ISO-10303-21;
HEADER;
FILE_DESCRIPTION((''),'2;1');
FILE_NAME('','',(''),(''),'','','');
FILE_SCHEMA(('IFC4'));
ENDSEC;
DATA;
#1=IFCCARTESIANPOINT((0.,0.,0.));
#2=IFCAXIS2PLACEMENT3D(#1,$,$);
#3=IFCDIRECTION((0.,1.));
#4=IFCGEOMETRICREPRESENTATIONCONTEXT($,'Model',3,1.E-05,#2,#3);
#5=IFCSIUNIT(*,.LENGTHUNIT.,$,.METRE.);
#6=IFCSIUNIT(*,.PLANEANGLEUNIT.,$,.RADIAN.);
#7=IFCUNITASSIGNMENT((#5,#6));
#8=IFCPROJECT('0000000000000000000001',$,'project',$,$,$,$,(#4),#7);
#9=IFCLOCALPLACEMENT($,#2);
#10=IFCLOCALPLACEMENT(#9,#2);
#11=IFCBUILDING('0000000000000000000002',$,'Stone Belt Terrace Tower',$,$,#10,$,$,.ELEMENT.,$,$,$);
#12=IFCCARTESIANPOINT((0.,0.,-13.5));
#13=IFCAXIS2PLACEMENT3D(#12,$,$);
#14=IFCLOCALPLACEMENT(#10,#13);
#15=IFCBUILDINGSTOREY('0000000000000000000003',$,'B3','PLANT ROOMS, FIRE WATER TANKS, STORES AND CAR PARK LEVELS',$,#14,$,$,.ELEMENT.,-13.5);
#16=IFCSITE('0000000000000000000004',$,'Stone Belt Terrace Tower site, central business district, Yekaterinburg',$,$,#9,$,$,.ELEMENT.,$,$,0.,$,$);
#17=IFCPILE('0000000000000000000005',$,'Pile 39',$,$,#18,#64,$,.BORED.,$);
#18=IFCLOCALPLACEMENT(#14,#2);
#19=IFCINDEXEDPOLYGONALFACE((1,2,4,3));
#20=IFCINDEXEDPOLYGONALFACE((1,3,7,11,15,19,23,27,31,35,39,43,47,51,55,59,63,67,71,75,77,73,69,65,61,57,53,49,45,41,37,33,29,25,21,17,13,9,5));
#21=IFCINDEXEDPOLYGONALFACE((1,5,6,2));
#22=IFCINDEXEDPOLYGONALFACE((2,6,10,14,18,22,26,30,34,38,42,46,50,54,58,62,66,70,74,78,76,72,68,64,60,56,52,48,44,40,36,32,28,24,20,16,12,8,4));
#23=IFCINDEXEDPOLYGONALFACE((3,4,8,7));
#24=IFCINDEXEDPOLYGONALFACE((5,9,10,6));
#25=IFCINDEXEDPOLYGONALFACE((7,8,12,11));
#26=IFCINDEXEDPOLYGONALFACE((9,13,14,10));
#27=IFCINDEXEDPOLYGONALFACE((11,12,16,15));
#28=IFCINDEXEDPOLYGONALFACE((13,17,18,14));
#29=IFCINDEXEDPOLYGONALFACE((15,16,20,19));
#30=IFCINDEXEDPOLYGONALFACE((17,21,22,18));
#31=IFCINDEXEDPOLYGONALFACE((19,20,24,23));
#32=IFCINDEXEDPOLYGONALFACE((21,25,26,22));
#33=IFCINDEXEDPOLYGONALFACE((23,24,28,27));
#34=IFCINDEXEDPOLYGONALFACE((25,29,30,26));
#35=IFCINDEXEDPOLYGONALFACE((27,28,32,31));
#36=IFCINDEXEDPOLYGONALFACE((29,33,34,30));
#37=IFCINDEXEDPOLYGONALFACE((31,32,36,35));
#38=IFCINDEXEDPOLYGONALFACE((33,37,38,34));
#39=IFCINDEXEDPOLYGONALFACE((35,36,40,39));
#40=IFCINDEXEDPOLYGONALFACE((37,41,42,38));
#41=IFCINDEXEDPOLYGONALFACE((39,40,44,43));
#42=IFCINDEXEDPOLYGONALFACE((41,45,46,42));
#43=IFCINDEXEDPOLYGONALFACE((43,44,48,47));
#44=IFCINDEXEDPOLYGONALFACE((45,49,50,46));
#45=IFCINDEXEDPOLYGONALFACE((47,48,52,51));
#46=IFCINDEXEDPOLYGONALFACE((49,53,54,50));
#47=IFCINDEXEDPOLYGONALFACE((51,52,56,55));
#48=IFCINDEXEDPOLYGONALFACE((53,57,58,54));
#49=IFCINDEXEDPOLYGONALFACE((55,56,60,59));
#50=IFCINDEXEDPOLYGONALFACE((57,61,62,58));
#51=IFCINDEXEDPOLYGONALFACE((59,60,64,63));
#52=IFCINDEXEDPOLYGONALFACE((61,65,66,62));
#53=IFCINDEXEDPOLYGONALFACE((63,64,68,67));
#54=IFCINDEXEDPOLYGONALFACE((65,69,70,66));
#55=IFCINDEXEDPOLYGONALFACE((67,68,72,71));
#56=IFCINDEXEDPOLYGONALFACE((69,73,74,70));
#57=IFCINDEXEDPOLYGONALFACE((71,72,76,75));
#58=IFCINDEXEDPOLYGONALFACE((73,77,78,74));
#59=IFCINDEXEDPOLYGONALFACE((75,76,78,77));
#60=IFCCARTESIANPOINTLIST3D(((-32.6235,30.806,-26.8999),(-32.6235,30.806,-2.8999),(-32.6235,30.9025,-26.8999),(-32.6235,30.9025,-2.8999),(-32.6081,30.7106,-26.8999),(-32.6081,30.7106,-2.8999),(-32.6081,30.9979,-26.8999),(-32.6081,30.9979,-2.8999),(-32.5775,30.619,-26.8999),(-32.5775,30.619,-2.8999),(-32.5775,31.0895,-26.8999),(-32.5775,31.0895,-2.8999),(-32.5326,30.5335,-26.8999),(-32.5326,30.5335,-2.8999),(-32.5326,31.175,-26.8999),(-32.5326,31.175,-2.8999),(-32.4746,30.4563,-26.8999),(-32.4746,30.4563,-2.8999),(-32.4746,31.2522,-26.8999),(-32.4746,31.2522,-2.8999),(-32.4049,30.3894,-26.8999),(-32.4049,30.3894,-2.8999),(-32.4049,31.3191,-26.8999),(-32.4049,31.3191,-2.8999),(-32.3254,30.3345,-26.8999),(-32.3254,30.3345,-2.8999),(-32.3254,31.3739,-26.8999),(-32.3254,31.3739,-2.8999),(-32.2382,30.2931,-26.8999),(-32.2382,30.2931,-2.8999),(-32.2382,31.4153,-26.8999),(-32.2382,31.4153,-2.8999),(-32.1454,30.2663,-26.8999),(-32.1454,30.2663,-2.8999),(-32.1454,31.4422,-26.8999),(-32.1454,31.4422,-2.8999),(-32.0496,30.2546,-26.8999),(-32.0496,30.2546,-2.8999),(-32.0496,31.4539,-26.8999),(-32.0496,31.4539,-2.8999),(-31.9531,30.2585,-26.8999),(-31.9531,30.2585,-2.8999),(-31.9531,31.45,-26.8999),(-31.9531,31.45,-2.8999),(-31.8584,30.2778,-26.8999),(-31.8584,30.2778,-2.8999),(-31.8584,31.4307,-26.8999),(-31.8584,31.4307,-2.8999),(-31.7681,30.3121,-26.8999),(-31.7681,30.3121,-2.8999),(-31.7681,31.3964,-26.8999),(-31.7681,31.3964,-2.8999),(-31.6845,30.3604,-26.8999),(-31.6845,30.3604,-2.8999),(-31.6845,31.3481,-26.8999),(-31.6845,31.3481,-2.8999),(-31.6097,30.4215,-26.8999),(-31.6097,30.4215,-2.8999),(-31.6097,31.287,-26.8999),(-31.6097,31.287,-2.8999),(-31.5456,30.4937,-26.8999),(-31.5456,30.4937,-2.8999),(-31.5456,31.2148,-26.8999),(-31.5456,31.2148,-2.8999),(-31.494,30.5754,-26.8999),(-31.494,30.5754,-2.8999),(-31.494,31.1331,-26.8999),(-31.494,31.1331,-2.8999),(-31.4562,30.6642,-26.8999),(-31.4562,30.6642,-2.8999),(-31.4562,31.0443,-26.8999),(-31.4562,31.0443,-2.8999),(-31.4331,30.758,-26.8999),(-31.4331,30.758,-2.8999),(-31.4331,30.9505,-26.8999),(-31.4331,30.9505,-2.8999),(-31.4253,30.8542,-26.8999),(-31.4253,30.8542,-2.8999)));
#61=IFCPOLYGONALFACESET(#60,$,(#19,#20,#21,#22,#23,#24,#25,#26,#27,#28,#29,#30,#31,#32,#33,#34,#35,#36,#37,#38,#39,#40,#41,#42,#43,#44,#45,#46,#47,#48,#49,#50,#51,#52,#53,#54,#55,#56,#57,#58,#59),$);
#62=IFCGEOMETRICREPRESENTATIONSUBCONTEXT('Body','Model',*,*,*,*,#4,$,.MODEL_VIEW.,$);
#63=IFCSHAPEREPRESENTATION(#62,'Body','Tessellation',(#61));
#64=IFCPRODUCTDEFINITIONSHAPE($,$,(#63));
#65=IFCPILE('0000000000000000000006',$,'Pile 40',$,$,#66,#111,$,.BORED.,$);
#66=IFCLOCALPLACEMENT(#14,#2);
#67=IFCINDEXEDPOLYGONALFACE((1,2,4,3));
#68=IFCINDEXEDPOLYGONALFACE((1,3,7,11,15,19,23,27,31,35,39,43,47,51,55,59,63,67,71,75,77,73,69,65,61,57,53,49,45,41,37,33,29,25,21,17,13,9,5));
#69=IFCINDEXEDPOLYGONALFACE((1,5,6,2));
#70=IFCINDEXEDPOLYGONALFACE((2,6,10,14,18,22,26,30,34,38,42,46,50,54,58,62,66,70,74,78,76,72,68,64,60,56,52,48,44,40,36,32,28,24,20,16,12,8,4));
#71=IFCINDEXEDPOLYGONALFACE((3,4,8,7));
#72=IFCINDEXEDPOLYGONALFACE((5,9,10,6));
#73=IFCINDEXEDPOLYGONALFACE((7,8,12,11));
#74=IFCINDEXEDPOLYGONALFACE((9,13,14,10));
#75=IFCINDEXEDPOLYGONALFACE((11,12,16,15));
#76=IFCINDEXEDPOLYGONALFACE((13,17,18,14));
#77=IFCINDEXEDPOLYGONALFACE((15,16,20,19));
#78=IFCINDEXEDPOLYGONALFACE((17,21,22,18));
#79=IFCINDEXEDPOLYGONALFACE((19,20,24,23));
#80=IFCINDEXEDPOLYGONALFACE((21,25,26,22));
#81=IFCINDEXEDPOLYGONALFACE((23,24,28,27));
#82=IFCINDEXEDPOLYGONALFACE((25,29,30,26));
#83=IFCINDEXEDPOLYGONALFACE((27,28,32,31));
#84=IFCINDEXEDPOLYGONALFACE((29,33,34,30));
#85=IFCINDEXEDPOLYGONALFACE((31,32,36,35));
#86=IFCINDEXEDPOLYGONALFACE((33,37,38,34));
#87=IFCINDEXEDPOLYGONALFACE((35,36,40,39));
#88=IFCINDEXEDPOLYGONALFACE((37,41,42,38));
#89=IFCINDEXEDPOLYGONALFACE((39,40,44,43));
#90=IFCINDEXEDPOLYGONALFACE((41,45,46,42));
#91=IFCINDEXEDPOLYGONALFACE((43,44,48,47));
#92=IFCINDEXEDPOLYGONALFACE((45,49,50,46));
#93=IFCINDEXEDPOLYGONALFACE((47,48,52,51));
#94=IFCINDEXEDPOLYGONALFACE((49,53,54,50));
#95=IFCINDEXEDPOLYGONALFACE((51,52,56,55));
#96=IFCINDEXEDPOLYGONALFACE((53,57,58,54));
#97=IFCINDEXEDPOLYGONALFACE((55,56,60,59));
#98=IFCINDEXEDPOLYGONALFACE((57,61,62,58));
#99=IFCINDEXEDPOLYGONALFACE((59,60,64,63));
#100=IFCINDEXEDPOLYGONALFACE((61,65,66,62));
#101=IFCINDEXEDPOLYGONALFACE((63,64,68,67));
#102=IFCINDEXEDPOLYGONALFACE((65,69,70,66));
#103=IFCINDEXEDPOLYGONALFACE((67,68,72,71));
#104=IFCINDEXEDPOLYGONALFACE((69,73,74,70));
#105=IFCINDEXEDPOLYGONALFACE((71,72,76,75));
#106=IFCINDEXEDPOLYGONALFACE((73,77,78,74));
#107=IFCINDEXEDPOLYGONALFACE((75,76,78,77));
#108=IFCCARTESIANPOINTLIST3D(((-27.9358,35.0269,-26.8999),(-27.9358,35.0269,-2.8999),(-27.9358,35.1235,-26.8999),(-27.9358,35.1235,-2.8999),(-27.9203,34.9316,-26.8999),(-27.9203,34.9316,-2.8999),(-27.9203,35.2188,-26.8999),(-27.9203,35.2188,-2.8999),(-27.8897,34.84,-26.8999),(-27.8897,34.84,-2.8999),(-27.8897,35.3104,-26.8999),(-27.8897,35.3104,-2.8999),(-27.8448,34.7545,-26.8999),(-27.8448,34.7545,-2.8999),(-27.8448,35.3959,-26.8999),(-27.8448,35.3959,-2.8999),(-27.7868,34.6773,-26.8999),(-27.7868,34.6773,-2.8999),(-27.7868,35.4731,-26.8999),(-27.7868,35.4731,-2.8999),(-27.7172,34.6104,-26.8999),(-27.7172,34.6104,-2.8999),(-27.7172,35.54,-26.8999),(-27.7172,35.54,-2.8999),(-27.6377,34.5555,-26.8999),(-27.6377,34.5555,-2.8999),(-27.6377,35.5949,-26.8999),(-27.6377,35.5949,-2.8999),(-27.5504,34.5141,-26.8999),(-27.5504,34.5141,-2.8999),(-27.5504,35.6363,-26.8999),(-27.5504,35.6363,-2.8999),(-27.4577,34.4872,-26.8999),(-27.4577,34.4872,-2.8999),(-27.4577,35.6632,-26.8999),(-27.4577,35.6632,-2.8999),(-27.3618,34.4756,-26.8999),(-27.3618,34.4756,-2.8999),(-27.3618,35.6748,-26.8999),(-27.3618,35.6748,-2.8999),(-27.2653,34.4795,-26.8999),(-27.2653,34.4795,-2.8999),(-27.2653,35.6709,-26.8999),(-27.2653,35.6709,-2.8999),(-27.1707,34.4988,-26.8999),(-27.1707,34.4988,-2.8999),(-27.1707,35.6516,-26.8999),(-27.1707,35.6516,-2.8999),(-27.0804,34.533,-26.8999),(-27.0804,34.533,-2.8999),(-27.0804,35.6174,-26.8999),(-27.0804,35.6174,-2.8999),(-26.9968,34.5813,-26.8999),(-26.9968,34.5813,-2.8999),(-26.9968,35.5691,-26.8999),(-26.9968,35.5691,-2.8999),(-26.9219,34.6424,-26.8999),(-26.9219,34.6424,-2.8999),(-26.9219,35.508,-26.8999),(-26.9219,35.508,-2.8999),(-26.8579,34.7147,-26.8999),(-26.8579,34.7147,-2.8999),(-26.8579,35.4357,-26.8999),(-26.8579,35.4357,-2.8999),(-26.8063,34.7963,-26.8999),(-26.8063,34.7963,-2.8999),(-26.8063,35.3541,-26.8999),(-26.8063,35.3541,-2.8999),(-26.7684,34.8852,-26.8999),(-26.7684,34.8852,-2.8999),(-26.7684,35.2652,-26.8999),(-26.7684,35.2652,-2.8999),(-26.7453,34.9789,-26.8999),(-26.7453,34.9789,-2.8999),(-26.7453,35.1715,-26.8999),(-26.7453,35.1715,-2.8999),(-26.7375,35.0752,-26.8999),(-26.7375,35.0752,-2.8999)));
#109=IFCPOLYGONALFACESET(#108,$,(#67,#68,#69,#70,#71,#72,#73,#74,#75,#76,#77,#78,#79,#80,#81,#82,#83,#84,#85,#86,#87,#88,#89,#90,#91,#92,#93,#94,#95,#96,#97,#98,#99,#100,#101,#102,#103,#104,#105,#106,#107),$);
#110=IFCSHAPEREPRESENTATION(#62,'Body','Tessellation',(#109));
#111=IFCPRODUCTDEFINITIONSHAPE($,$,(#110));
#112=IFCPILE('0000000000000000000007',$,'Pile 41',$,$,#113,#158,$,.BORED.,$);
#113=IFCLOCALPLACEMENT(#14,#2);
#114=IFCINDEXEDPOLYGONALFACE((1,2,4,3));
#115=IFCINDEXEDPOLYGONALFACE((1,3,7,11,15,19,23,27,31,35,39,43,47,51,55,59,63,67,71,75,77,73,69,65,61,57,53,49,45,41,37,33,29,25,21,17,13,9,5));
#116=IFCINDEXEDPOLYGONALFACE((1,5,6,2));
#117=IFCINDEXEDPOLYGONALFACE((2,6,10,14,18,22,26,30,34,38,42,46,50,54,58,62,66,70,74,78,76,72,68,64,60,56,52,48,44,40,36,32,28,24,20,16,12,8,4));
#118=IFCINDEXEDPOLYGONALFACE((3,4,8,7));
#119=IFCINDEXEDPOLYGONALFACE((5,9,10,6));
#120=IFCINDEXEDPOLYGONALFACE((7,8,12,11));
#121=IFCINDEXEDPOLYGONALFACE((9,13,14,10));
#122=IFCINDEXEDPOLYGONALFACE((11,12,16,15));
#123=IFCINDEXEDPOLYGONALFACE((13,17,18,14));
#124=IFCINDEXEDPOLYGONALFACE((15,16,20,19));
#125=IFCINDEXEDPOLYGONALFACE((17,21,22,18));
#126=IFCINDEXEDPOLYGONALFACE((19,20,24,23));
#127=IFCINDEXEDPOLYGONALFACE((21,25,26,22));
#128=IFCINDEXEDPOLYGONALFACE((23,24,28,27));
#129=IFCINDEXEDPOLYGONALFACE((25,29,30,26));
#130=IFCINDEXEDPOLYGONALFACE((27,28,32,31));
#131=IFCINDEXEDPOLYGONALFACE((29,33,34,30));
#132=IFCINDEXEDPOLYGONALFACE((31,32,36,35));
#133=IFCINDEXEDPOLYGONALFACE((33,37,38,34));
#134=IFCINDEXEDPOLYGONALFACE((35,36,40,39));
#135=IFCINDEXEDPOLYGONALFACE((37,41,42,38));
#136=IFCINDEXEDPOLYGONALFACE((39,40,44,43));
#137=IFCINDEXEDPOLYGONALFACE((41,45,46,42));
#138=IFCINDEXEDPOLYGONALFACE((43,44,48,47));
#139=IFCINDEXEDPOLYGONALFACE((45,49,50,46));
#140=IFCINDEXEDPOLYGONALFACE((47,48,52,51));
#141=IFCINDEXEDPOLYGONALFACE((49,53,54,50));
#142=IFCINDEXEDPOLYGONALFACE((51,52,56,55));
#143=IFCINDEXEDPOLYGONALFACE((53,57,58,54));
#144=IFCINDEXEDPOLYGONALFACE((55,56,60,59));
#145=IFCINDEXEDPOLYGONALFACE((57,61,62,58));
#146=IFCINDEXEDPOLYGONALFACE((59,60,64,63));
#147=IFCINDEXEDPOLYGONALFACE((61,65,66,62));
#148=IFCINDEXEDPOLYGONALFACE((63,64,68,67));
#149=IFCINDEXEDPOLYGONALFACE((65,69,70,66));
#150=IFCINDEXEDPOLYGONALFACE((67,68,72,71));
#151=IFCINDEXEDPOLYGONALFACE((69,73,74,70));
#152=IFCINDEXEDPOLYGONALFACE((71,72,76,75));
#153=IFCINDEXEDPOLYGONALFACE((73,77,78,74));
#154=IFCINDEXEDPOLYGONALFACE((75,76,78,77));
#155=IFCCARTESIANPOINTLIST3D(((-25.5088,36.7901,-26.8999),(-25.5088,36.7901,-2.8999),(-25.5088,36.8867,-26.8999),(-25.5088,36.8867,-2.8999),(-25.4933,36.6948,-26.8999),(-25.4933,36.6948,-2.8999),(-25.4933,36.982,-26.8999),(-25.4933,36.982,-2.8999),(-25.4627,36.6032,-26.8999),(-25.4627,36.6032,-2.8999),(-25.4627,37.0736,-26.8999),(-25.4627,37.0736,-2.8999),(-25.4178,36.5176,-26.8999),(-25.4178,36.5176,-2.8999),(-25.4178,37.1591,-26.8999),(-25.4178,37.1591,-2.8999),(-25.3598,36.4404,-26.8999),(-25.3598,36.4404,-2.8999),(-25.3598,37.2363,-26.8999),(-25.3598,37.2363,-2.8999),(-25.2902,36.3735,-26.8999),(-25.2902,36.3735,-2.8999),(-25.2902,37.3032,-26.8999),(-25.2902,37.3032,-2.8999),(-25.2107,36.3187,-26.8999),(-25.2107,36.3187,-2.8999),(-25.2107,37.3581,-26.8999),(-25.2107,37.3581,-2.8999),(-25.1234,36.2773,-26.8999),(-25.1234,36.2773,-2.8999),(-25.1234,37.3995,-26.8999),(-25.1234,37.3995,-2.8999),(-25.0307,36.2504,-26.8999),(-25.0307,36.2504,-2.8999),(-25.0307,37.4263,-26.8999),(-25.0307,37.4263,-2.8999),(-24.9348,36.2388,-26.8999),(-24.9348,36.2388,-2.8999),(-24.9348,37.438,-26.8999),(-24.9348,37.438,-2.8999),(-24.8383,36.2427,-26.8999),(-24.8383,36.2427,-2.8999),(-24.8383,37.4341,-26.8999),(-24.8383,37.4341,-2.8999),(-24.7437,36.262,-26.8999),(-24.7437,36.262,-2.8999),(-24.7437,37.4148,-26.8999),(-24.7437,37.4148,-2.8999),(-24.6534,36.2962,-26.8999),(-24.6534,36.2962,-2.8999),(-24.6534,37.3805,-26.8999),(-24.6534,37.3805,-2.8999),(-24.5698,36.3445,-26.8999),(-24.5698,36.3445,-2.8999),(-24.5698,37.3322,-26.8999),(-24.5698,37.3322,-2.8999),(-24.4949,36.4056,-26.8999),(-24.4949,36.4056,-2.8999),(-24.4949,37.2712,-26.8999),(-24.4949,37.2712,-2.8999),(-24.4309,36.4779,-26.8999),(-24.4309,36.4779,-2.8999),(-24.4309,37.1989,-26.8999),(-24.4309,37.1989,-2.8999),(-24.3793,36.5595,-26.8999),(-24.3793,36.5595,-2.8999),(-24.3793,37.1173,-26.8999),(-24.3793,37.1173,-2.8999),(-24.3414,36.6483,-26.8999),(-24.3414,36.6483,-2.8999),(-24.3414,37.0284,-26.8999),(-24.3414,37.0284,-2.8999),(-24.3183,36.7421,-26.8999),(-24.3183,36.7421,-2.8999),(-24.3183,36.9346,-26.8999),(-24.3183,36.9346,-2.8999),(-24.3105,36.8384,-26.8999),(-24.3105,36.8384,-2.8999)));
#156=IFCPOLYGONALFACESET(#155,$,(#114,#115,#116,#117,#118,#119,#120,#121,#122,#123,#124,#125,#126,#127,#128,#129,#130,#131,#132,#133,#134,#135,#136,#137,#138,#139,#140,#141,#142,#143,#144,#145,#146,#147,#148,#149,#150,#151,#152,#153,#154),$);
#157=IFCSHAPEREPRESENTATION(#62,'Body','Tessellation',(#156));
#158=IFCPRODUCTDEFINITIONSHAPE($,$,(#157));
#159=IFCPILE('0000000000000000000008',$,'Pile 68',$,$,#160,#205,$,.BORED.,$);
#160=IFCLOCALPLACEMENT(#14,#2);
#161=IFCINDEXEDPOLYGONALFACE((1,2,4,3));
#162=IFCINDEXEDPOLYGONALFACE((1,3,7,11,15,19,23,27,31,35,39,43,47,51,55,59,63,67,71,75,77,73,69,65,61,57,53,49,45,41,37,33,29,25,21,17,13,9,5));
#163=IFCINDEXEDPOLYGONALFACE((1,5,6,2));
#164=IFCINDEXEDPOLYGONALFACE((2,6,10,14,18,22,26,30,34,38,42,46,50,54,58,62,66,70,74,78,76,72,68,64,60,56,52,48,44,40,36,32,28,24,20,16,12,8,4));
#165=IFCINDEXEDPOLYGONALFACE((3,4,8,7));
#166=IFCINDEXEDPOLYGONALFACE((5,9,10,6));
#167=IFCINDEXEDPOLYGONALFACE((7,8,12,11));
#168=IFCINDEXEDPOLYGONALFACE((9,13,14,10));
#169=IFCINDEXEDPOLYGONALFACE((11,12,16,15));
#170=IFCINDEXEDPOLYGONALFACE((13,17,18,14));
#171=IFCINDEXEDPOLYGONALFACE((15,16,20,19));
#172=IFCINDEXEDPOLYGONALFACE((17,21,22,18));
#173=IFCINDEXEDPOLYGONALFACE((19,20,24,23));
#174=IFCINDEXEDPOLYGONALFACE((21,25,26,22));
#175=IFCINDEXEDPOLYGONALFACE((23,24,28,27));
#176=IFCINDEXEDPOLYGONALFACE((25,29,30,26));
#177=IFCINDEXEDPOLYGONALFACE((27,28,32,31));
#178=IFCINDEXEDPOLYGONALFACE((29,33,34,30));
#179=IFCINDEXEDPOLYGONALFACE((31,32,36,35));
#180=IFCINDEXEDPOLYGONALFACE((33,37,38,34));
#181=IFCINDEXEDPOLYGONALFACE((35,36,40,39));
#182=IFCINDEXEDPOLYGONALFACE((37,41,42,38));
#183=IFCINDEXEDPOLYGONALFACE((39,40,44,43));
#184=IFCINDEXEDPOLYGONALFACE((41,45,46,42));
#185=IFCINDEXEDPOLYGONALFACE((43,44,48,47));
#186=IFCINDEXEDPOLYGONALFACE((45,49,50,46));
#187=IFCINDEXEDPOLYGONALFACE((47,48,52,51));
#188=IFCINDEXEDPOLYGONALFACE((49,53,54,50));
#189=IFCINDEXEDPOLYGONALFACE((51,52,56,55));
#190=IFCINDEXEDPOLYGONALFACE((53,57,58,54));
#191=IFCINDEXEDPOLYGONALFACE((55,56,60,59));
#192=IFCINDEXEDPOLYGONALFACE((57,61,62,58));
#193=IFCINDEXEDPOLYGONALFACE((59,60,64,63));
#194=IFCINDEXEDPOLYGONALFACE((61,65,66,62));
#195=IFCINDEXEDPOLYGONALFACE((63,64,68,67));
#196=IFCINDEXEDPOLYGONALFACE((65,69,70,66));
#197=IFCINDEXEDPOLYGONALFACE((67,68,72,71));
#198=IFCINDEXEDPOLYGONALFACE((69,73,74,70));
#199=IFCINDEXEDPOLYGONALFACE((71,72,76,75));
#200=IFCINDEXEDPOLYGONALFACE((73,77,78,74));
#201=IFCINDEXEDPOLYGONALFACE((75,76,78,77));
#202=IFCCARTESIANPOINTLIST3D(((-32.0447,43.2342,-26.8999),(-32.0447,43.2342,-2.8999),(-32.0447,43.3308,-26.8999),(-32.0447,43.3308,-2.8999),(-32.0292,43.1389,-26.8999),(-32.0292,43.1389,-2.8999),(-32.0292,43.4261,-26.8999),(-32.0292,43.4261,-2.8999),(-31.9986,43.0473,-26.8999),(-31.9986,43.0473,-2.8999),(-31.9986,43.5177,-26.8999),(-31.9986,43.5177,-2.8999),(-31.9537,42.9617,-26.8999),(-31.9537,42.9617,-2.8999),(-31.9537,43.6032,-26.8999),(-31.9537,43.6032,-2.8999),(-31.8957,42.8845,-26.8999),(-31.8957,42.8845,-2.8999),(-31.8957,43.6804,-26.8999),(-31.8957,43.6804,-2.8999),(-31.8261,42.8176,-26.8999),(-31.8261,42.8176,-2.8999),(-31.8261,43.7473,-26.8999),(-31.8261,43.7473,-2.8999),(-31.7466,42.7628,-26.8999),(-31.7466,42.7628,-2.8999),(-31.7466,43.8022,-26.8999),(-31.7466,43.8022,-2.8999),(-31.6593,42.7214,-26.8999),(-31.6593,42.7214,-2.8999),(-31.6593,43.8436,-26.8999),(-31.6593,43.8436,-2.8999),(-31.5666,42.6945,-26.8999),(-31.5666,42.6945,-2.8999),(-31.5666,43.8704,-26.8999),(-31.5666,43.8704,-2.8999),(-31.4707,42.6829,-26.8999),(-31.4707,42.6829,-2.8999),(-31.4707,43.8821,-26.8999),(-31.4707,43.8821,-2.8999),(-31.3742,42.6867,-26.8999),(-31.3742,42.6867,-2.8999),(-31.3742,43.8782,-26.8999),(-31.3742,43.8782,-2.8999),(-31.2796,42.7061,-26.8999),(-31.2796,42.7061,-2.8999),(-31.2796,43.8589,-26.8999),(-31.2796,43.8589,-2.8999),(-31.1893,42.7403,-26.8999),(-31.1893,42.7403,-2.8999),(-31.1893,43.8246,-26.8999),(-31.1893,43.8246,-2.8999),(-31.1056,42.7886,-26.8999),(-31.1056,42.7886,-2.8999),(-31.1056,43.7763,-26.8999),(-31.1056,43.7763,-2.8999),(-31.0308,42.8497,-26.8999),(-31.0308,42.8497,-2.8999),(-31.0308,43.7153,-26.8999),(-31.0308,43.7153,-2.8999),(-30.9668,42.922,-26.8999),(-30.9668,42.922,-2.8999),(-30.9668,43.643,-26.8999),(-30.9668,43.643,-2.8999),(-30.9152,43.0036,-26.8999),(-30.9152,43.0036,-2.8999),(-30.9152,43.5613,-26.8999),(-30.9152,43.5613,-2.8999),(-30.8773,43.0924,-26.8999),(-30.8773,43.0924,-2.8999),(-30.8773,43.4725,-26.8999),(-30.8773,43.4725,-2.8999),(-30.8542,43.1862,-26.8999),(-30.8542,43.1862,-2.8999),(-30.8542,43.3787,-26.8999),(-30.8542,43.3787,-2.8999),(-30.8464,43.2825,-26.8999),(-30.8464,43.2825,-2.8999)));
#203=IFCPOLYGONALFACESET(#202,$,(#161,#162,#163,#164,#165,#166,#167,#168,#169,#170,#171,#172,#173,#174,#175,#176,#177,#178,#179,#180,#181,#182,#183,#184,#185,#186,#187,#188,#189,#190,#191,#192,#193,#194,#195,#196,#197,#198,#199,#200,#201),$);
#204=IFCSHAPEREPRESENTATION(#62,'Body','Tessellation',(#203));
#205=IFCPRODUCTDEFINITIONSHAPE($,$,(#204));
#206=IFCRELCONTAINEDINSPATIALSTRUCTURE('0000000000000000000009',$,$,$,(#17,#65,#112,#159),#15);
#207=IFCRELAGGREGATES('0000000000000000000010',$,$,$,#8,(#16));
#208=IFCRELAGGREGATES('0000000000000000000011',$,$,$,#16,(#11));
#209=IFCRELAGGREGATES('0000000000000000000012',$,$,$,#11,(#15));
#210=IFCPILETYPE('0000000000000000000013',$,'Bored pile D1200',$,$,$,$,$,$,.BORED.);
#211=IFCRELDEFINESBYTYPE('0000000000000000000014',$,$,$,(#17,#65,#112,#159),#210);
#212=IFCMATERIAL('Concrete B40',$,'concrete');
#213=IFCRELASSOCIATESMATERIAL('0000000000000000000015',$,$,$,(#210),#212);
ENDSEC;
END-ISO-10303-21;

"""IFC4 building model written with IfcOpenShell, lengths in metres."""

from ifc_helpers import new_model, si_unit, direction, frame, origin, origin_2d, place, context, subcontext, project, spatial, circle, extrude, material, material_profile, profile_set, type_object, element, save


model = new_model("IFC4")

# Units and contexts
model_context = context("Model", 3, precision=1e-05, world=origin(), true_north=direction((0.0, 1.0)))
body_context = subcontext(model_context, "Body", "Model", "MODEL_VIEW")
ifc_project = project(units=[si_unit("LENGTHUNIT", "METRE"), si_unit("PLANEANGLEUNIT", "RADIAN")], contexts=[model_context])

# Site, building, storey
site_placement = place(None, origin())
site = spatial("IfcSite", under=ifc_project, at=site_placement, Name="Stone Belt Terrace Tower site, central business district, Yekaterinburg", CompositionType="ELEMENT", RefElevation=0.0)
building_placement = place(site_placement, origin())
building = spatial("IfcBuilding", under=site, at=building_placement, Name="Stone Belt Terrace Tower", CompositionType="ELEMENT")
storey_placement = place(building_placement, frame((0.0, 0.0, -13.5)))
storey = spatial("IfcBuildingStorey", under=building, at=storey_placement, Name="B3", Description="PLANT ROOMS, FIRE WATER TANKS, STORES AND CAR PARK LEVELS", CompositionType="ELEMENT", Elevation=-13.5)

# Piles
ifc_material_1 = material(Name="Concrete B40", Category="concrete")
ifc_material_profile_1 = material_profile(ifc_material_1, circle(Radius=0.6001, at=origin_2d()), Name="PILE D1200")
ifc_profile_set_1 = profile_set([ifc_material_profile_1], Name="Concrete B40")
pile_type = type_object("IfcPileType", Name="Bored pile D1200", PredefinedType="BORED", material=ifc_profile_set_1)
for number, where, z_axis, x_axis, name in (
    (1, (-32.0254, 30.8542, -2.8999), (0.0, 0.0, -1.0), (1.0, 0.0, 0.0), "Pile 39"),
    (2, (-27.3376, 35.0752, -2.8999), (0.0, 0.0, -1.0), (1.0, 0.0, 0.0), "Pile 40"),
    (3, (-24.9106, 36.8384, -2.8999), (0.0, 0.0, -1.0), (1.0, 0.0, 0.0), "Pile 41"),
    (4, (-31.4465, 43.2825, -2.8999), (0.0, 0.0, -1.0), (1.0, 0.0, 0.0), "Pile 68"),
):
    element("IfcPile", number, at=place(storey_placement, frame(where, z_axis=z_axis, x_axis=x_axis)), inside=storey, type_object=pile_type, Name=name, PredefinedType="BORED", context=body_context, shape_type="SweptSolid", body=[
        extrude(circle(Radius=0.6001, at=origin_2d()), origin(), (0.0, 0.0, 1.0), 24.0),
    ])

save(model, "model.ifc")
